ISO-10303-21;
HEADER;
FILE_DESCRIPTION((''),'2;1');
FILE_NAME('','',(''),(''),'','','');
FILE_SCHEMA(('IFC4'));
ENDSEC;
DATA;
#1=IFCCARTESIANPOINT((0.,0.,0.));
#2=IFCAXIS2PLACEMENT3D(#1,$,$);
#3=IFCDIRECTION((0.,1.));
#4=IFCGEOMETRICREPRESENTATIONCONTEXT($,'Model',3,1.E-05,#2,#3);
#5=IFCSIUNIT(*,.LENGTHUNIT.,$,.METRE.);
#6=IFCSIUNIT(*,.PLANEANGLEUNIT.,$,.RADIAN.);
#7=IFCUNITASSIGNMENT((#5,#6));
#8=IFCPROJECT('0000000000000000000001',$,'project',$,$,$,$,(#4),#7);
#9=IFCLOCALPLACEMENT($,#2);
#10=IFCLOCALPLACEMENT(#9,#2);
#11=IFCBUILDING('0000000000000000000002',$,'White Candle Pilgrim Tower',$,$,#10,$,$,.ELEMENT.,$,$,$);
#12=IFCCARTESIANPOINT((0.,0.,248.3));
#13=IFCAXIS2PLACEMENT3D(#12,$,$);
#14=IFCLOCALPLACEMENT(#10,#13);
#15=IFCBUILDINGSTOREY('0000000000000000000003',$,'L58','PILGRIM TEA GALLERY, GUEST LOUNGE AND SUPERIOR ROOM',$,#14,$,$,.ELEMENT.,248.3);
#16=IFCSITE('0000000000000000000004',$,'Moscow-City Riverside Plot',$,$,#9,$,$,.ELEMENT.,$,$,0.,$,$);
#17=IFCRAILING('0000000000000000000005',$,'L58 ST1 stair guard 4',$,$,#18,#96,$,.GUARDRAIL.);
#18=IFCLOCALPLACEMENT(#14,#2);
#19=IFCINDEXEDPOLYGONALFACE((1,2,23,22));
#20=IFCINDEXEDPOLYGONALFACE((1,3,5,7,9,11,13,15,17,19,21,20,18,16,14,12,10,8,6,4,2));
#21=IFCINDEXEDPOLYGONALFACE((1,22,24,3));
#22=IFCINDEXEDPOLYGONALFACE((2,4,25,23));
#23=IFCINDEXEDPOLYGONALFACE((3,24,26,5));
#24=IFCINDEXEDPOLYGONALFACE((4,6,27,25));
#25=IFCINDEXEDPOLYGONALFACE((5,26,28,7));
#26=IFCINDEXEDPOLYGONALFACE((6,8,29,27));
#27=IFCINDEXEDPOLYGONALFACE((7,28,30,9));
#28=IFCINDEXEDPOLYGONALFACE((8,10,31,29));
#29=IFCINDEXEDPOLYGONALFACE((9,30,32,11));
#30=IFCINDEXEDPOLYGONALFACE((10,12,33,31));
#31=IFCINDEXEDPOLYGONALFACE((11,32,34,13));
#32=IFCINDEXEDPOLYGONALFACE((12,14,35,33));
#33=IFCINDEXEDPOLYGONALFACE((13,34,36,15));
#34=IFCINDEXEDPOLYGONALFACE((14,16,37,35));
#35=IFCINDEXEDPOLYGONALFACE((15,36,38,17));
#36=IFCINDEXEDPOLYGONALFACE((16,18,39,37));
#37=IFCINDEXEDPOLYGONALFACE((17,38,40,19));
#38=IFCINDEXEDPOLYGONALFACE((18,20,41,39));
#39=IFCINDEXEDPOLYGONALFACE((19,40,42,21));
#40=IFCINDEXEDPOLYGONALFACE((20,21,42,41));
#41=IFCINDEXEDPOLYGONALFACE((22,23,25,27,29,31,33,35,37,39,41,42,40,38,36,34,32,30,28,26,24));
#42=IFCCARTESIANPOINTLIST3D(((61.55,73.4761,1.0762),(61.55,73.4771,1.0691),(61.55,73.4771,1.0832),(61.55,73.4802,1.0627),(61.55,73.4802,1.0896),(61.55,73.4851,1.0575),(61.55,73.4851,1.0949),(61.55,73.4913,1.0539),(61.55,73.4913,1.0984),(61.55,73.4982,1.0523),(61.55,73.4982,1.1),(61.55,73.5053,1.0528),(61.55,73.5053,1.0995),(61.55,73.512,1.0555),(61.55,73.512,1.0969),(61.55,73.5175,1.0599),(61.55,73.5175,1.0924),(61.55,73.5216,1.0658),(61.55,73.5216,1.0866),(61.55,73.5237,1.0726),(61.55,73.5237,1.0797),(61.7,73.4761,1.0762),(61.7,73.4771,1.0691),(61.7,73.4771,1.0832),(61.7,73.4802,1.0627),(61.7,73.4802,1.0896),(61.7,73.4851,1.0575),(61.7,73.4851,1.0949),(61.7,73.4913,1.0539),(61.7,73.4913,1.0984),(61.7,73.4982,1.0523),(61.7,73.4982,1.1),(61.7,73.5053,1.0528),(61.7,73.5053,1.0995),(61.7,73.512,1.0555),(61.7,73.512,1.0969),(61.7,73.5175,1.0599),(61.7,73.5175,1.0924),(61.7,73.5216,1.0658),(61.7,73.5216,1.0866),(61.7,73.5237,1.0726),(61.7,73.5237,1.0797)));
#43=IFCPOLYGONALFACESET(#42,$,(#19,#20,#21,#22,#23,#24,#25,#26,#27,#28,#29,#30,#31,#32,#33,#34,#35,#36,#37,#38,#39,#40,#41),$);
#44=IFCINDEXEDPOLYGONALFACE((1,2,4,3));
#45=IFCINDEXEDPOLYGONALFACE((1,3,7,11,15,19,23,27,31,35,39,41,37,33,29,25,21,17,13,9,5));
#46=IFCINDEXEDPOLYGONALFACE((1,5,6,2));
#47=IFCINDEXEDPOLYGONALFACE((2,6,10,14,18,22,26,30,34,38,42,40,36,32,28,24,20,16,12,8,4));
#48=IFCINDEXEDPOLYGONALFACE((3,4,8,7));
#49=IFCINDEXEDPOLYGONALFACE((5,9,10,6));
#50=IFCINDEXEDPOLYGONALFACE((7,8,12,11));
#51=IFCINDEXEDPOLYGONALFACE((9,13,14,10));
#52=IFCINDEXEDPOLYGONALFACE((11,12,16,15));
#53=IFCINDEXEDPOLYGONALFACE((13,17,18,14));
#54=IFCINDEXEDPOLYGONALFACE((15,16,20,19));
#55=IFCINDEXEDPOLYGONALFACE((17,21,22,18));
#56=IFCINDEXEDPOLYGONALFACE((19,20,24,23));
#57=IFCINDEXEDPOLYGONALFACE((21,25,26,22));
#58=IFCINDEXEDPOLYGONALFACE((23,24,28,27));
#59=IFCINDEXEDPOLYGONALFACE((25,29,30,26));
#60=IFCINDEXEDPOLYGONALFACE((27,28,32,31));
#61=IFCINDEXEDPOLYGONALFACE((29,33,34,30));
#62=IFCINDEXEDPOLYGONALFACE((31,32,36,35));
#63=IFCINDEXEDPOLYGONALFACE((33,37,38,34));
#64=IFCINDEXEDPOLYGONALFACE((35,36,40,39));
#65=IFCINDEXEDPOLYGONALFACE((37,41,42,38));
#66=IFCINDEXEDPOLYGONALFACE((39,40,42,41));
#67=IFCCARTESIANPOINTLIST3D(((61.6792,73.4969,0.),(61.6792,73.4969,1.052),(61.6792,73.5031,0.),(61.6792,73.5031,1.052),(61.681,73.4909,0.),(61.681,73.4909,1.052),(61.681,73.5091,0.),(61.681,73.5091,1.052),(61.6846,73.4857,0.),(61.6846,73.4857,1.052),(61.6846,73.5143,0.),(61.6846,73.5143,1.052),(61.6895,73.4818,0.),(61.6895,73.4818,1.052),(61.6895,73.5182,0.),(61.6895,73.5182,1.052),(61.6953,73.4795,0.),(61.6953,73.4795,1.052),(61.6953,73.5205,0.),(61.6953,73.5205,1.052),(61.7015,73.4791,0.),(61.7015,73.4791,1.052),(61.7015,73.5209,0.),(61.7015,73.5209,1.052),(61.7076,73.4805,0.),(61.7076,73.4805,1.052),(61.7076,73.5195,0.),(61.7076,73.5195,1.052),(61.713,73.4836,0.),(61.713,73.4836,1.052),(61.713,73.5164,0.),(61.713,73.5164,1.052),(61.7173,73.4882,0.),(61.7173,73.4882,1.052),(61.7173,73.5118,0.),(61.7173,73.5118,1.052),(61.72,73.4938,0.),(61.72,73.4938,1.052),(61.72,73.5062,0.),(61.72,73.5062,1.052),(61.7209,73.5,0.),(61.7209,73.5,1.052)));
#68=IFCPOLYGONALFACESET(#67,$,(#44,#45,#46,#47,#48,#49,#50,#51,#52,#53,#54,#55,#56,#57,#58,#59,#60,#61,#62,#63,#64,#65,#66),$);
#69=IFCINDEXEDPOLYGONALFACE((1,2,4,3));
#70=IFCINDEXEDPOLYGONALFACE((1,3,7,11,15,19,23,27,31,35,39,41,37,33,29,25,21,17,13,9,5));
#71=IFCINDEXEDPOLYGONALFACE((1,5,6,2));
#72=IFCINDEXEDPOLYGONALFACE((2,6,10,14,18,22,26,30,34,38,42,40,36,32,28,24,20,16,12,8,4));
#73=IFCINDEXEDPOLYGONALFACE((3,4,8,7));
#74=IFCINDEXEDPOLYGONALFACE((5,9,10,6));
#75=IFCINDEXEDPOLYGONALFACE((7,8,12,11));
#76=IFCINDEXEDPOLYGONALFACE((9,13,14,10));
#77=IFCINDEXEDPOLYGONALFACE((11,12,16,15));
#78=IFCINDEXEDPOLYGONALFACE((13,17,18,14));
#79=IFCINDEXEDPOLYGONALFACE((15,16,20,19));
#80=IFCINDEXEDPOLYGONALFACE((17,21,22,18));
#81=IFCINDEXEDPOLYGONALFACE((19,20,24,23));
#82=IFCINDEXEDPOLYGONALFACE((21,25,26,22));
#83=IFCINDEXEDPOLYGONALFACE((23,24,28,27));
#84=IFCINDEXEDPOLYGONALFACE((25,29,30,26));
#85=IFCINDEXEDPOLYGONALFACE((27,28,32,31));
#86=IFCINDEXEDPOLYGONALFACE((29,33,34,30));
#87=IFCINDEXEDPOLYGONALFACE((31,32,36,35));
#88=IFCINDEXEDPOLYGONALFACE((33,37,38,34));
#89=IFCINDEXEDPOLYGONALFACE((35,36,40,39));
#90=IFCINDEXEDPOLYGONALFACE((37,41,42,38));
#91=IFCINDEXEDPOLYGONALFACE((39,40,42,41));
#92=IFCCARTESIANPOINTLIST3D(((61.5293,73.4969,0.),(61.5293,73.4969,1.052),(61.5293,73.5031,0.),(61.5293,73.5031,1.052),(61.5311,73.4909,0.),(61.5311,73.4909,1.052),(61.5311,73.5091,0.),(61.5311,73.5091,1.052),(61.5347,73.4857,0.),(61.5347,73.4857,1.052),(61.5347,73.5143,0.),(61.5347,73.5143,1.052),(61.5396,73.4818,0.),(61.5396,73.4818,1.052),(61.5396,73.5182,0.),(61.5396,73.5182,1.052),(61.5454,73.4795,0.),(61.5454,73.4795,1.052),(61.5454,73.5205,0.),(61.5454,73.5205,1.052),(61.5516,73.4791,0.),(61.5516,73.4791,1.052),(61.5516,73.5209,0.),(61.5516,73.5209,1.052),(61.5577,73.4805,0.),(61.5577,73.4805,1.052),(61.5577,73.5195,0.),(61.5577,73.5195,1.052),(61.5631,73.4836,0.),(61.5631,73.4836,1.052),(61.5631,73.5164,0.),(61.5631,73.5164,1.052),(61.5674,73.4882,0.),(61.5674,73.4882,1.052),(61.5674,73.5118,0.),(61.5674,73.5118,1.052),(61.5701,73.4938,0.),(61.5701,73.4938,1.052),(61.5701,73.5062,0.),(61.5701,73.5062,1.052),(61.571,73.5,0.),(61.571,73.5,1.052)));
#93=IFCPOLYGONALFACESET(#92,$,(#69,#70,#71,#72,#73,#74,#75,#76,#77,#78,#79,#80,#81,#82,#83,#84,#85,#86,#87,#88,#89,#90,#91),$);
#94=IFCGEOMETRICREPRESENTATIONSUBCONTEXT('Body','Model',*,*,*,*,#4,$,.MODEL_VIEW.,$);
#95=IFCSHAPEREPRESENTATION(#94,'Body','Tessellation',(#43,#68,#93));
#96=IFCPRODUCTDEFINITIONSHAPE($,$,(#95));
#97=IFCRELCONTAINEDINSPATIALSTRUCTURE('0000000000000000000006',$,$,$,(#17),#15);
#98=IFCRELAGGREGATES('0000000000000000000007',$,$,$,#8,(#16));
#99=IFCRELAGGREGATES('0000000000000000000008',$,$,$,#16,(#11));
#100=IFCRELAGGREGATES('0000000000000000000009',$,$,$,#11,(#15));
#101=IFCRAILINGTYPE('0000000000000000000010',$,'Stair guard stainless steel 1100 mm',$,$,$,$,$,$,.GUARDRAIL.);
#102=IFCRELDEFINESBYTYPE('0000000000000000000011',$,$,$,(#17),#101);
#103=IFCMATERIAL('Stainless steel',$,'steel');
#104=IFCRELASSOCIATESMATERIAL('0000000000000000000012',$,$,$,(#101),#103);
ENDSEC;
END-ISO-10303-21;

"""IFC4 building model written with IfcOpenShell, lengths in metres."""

from ifc_helpers import new_model, si_unit, direction, frame, origin, origin_2d, place, context, subcontext, project, spatial, circle, extrude, material, type_object, element, save


model = new_model("IFC4")

# Units and contexts
model_context = context("Model", 3, precision=1e-05, world=origin(), true_north=direction((0.0, 1.0)))
body_context = subcontext(model_context, "Body", "Model", "MODEL_VIEW")
ifc_project = project(units=[si_unit("LENGTHUNIT", "METRE"), si_unit("PLANEANGLEUNIT", "RADIAN")], contexts=[model_context])

# Site, building, storey
site_placement = place(None, origin())
site = spatial("IfcSite", under=ifc_project, at=site_placement, Name="Moscow-City Riverside Plot", CompositionType="ELEMENT", RefElevation=0.0)
building_placement = place(site_placement, origin())
building = spatial("IfcBuilding", under=site, at=building_placement, Name="White Candle Pilgrim Tower", CompositionType="ELEMENT")
storey_placement = place(building_placement, frame((0.0, 0.0, 248.3)))
storey = spatial("IfcBuildingStorey", under=building, at=storey_placement, Name="L58", Description="PILGRIM TEA GALLERY, GUEST LOUNGE AND SUPERIOR ROOM", CompositionType="ELEMENT", Elevation=248.3)

# Railing
ifc_material_1 = material(Name="Stainless steel", Category="steel")
railing_type_1 = type_object("IfcRailingType", Name="Stair guard stainless steel 1100 mm", PredefinedType="GUARDRAIL", material=ifc_material_1)
railing_1_placement = place(storey_placement, frame((61.7, 73.5, 0.0)))
element("IfcRailing", 1, at=railing_1_placement, inside=storey, type_object=railing_type_1, Name="L58 ST1 stair guard 4", PredefinedType="GUARDRAIL", context=body_context, shape_type="SweptSolid", body=[
    extrude(circle(Radius=0.0239, at=origin_2d()), frame((0.0, 0.0, 1.0762), z_axis=(-1.0, 0.0, 0.0), x_axis=(0.0, -1.0, 0.0)), (0.0, 0.0, 1.0), 0.1499),
    extrude(circle(Radius=0.021, at=origin_2d()), origin(), (0.0, 0.0, 1.0), 1.052),
    extrude(circle(Radius=0.021, at=origin_2d()), frame((-0.1499, 0.0, 0.0)), (0.0, 0.0, 1.0), 1.052),
])

save(model, "model.ifc")
